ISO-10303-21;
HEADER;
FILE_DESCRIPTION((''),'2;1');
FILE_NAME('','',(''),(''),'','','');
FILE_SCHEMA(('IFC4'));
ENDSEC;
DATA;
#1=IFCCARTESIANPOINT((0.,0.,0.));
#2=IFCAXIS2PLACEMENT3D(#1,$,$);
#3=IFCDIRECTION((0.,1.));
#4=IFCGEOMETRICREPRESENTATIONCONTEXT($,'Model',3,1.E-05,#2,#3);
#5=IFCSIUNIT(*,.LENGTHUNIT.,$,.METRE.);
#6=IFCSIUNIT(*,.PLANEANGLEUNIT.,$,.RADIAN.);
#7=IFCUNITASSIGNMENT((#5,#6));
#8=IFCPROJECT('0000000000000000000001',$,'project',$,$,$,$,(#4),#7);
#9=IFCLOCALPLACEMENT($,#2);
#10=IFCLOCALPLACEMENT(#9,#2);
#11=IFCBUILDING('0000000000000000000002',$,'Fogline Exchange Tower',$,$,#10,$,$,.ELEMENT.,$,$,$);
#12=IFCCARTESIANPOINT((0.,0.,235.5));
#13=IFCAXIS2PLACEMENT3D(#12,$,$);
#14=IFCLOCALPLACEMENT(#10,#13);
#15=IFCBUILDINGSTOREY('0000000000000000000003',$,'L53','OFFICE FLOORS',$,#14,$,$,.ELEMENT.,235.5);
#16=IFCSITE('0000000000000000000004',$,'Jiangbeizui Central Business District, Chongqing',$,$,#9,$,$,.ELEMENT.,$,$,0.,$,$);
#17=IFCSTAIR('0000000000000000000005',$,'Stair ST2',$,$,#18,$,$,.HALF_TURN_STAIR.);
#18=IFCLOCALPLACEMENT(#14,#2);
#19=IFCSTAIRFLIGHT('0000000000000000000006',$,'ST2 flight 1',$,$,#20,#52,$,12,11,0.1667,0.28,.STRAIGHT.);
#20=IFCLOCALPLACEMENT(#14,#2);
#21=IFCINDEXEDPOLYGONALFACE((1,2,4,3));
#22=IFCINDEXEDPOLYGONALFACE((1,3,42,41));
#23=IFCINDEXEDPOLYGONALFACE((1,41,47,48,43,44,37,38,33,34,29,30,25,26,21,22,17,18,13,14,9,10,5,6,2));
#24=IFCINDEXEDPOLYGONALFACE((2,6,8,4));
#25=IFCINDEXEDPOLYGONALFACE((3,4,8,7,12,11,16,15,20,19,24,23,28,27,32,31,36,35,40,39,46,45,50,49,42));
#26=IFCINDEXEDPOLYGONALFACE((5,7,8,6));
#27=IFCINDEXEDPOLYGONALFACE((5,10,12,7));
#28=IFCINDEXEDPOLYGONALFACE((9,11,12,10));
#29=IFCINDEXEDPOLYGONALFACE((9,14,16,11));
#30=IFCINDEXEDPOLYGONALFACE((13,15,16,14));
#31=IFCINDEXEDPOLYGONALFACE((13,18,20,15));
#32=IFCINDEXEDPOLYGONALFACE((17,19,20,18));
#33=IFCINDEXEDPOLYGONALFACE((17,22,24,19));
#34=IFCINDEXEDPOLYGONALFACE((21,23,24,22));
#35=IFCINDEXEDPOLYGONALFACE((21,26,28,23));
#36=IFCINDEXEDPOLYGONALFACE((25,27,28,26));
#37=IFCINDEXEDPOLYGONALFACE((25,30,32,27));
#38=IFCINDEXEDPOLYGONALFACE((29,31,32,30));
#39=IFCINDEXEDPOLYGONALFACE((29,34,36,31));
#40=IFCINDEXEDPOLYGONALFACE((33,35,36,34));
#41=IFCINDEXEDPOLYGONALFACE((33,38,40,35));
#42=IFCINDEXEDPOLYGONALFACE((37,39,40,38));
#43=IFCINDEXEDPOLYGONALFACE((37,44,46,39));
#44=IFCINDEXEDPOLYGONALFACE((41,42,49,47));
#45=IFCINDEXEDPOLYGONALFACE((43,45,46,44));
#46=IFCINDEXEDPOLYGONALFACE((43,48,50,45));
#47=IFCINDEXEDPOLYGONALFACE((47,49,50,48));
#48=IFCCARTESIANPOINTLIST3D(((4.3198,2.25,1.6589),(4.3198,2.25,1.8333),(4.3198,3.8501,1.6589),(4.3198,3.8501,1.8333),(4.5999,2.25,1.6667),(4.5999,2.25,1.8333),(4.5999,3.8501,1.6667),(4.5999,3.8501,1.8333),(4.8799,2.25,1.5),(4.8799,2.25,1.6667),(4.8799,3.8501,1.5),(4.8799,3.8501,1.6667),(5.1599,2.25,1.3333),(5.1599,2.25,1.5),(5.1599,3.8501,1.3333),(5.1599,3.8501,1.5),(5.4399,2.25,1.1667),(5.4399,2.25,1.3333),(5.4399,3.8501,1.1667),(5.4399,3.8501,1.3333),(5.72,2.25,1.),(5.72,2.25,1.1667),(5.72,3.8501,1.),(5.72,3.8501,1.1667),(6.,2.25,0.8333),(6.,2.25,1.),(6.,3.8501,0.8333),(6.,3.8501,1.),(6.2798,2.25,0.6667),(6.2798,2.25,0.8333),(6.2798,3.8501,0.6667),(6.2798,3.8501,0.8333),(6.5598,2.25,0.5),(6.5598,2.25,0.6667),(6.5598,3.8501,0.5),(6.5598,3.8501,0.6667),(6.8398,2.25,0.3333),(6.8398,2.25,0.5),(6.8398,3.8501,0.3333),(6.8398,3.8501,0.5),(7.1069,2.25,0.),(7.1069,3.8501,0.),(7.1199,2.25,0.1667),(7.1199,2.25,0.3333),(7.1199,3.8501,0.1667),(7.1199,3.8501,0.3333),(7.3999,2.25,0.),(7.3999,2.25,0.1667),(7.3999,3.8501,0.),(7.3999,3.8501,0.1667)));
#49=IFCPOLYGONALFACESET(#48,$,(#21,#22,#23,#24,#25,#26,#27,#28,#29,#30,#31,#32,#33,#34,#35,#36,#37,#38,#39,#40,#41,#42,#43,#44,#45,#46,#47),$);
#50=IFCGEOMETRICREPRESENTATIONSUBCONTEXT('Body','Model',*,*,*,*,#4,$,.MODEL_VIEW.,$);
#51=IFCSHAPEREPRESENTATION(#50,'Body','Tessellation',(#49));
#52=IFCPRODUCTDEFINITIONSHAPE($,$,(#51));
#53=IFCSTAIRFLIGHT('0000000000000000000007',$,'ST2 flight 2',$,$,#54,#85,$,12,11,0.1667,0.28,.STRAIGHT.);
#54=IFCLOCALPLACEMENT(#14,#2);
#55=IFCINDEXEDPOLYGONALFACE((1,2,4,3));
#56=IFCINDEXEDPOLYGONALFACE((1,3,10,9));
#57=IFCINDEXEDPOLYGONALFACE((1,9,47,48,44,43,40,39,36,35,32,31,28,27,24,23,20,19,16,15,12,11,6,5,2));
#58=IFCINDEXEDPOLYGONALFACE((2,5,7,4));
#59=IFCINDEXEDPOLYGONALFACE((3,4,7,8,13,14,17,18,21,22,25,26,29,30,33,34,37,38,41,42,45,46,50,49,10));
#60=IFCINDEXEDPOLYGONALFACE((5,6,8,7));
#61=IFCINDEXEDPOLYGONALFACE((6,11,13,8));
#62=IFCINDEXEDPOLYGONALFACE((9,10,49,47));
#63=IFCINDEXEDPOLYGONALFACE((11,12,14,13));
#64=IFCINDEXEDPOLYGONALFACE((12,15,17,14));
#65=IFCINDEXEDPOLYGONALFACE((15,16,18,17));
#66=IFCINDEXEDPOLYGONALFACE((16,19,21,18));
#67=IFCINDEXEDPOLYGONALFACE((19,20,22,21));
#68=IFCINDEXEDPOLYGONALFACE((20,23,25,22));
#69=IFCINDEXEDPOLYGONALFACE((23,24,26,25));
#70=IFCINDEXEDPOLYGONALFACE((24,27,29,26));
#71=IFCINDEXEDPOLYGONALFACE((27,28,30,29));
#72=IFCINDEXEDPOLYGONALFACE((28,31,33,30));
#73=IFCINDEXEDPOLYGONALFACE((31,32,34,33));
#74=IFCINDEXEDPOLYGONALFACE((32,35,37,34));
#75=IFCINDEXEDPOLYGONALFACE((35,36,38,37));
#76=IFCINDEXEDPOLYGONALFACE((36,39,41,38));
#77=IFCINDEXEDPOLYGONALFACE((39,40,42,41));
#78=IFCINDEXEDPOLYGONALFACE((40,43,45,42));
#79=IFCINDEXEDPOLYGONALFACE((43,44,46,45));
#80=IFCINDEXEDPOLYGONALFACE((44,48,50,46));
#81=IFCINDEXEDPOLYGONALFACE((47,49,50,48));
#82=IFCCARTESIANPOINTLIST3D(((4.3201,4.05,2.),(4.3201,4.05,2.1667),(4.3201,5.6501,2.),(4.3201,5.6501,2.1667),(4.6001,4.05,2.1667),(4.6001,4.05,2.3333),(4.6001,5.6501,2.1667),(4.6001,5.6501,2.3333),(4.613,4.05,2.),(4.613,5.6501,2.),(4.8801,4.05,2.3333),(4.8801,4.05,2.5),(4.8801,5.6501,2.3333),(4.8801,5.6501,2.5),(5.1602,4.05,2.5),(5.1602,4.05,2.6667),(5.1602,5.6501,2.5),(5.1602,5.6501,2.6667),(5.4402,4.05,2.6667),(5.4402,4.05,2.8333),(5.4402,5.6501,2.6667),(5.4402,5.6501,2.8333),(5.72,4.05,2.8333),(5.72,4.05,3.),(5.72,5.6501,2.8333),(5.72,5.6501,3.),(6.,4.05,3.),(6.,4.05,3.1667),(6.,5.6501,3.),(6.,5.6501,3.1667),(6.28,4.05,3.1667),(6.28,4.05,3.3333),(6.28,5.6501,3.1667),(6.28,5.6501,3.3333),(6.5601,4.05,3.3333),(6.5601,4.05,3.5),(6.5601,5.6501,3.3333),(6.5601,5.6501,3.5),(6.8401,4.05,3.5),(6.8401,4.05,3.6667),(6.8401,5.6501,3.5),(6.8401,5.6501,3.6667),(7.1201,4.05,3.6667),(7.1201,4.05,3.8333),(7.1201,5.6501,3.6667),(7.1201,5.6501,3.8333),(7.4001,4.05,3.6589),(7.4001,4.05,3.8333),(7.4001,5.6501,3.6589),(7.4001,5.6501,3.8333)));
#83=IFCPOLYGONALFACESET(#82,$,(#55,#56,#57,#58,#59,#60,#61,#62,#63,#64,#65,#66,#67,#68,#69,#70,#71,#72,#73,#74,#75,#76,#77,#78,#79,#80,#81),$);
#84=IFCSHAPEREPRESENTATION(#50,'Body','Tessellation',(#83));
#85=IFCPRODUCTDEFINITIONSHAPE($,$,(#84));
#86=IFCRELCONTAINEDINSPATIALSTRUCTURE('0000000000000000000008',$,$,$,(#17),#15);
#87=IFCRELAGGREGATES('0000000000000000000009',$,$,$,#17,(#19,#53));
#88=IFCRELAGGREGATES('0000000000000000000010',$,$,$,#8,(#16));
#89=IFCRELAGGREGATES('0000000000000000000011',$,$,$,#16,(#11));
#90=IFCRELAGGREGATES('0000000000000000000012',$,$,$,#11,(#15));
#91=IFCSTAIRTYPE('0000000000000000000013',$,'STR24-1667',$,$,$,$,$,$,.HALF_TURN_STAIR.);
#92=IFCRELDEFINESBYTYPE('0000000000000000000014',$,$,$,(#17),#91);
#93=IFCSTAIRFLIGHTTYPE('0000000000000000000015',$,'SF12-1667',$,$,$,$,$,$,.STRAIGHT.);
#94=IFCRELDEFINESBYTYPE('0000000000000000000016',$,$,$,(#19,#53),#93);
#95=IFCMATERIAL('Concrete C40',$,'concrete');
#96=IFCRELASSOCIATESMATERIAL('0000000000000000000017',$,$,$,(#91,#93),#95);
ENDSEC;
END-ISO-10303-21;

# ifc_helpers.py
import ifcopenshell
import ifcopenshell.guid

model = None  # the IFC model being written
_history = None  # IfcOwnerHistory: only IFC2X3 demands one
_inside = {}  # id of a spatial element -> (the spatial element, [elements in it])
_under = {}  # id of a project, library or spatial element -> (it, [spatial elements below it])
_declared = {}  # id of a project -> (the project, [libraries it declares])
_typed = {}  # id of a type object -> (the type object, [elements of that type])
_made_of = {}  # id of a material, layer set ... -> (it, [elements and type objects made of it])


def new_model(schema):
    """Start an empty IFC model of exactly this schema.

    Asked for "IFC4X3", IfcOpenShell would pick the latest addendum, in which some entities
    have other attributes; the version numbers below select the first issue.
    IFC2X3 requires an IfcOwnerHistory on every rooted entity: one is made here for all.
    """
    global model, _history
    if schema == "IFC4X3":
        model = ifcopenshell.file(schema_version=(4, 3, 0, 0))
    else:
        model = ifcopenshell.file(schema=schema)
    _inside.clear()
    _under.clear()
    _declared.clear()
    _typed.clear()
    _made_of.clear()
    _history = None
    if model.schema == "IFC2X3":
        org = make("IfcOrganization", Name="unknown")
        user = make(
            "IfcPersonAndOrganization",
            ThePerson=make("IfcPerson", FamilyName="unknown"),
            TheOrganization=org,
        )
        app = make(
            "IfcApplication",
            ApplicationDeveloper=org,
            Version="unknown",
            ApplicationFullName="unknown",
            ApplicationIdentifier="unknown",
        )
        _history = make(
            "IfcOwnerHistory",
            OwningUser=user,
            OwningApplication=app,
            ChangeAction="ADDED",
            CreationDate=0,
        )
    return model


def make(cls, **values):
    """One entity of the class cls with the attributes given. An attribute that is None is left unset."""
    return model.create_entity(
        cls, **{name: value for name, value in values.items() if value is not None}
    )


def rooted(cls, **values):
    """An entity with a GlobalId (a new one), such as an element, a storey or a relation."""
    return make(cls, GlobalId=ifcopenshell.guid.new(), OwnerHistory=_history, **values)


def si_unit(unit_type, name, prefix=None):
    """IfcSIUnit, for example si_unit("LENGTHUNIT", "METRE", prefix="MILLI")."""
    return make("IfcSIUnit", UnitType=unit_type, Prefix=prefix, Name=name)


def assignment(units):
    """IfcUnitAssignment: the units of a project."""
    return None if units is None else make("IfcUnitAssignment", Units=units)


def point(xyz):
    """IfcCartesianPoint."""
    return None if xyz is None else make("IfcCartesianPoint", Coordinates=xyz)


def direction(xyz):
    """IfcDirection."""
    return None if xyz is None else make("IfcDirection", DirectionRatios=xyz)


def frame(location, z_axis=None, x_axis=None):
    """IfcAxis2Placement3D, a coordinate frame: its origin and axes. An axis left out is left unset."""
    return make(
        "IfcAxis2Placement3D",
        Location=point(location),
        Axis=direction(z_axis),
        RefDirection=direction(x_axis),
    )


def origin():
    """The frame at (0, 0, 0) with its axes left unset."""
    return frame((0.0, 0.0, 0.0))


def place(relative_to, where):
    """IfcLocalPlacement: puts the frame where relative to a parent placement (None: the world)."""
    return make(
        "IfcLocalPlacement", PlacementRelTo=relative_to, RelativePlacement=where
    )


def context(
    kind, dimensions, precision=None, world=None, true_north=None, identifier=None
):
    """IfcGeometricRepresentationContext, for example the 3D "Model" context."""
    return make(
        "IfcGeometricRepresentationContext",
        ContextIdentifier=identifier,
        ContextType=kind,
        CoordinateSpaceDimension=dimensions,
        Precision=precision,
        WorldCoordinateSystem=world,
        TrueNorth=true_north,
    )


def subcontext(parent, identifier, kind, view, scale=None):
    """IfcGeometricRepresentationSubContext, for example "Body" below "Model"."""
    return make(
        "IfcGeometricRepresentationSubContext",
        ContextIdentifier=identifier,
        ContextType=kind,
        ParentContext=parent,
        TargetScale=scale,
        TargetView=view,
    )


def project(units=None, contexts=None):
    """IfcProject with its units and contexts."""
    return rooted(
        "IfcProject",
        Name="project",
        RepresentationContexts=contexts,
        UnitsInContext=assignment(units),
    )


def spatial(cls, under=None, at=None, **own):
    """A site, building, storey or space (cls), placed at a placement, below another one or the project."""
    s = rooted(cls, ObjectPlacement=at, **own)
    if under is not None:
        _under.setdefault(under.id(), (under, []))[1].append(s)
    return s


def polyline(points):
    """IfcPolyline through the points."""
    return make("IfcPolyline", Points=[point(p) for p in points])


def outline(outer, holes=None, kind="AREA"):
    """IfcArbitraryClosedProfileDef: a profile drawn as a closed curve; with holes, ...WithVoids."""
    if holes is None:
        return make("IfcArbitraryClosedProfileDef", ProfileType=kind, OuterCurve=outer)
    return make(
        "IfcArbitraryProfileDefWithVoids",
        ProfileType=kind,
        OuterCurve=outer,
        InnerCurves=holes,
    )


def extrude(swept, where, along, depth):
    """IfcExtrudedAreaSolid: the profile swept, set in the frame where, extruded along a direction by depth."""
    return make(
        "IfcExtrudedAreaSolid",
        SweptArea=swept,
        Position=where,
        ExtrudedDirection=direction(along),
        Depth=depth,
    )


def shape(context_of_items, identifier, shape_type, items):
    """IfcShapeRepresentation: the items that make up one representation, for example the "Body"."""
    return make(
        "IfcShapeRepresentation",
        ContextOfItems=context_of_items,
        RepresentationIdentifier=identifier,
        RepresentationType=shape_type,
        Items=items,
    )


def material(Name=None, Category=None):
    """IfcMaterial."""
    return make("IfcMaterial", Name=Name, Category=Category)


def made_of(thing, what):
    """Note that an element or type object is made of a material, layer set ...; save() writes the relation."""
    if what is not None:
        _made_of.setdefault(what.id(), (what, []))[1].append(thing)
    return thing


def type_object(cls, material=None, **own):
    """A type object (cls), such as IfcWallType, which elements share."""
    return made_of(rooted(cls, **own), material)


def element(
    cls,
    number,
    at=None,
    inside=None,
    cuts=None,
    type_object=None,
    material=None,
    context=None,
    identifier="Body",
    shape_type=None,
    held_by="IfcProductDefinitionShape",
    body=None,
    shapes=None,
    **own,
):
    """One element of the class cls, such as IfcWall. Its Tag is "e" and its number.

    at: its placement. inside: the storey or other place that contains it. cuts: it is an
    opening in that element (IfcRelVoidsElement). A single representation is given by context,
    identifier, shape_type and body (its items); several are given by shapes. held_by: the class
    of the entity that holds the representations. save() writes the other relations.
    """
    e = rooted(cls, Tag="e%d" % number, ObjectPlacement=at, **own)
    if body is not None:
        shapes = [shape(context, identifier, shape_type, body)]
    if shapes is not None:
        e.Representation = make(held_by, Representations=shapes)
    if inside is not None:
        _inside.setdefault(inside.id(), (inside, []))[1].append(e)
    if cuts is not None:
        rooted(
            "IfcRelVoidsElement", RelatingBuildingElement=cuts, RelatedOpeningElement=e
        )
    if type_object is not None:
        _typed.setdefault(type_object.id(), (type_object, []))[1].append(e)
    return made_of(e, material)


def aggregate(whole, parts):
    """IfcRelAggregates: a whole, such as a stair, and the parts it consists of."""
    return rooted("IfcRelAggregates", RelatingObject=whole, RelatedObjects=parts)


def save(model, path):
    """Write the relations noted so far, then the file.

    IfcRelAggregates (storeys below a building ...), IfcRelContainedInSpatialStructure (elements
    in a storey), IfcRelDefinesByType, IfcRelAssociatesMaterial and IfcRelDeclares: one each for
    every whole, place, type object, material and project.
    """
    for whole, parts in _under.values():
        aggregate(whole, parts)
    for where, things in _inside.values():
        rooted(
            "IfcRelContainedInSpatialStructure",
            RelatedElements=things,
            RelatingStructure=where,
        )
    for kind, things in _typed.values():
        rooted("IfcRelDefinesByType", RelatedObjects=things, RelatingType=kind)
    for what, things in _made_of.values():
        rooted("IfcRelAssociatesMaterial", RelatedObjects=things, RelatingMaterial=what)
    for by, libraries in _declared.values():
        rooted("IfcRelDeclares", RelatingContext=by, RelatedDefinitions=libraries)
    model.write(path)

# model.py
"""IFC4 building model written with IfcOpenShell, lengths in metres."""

from ifc_helpers import new_model, si_unit, direction, frame, origin, place, context, subcontext, project, spatial, polyline, outline, extrude, material, type_object, element, aggregate, save


model = new_model("IFC4")

# Units and contexts
model_context = context("Model", 3, precision=1e-05, world=origin(), true_north=direction((0.0, 1.0)))
body_context = subcontext(model_context, "Body", "Model", "MODEL_VIEW")
ifc_project = project(units=[si_unit("LENGTHUNIT", "METRE"), si_unit("PLANEANGLEUNIT", "RADIAN")], contexts=[model_context])

# Site, building, storey
site_placement = place(None, origin())
site = spatial("IfcSite", under=ifc_project, at=site_placement, Name="Jiangbeizui Central Business District, Chongqing", CompositionType="ELEMENT", RefElevation=0.0)
building_placement = place(site_placement, origin())
building = spatial("IfcBuilding", under=site, at=building_placement, Name="Fogline Exchange Tower", CompositionType="ELEMENT")
storey_placement = place(building_placement, frame((0.0, 0.0, 235.5)))
storey = spatial("IfcBuildingStorey", under=building, at=storey_placement, Name="L53", Description="OFFICE FLOORS", CompositionType="ELEMENT", Elevation=235.5)

# Shared definitions
ifc_material_1 = material(Name="Concrete C40", Category="concrete")
stair_type = type_object("IfcStairType", Name="STR24-1667", PredefinedType="HALF_TURN_STAIR", material=ifc_material_1)

# Stair, stair flights
stair_1_placement = place(storey_placement, origin())
stair_1 = element("IfcStair", 1, at=stair_1_placement, inside=storey, type_object=stair_type, Name="Stair ST2", PredefinedType="HALF_TURN_STAIR")
stair_flight_type = type_object("IfcStairFlightType", Name="SF12-1667", PredefinedType="STRAIGHT", material=ifc_material_1)
stair_flight_1_placement = place(storey_placement, frame((7.3999, 3.05, 0.0), z_axis=(0.0, 0.0, 1.0), x_axis=(-1.0, 0.0, 0.0)))
stair_flight_1 = element("IfcStairFlight", 2, at=stair_flight_1_placement, type_object=stair_flight_type, Name="ST2 flight 1", NumberOfRisers=12, NumberOfTreads=11, PredefinedType="STRAIGHT", RiserHeight=0.1667, TreadLength=0.28, context=body_context, shape_type="SweptSolid", body=[
    extrude(outline(polyline([(0.0, 0.0), (0.0, 0.1667), (0.28, 0.1667), (0.28, 0.3333), (0.5601, 0.3333), (0.5601, 0.5), (0.8401, 0.5), (0.8401, 0.6667), (1.1201, 0.6667), (1.1201, 0.8333), (1.3999, 0.8333), (1.3999, 1.0), (1.6799, 1.0), (1.6799, 1.1667), (1.96, 1.1667), (1.96, 1.3333), (2.24, 1.3333), (2.24, 1.5), (2.52, 1.5), (2.52, 1.6667), (2.8, 1.6667), (2.8, 1.8333), (3.0801, 1.8333), (3.0801, 2.0), (3.0801, 1.6589), (0.293, 0.0), (0.0, 0.0)])), frame((0.0, 0.8, 0.0), z_axis=(0.0, -1.0, 0.0), x_axis=(1.0, 0.0, 0.0)), (0.0, 0.0, 1.0), 1.6001),
])
stair_flight_2_placement = place(storey_placement, frame((4.3201, 4.8501, 2.0), z_axis=(0.0, 0.0, 1.0), x_axis=(1.0, 0.0, 0.0)))
stair_flight_2 = element("IfcStairFlight", 3, at=stair_flight_2_placement, type_object=stair_flight_type, Name="ST2 flight 2", NumberOfRisers=12, NumberOfTreads=11, PredefinedType="STRAIGHT", RiserHeight=0.1667, TreadLength=0.28, context=body_context, shape_type="SweptSolid", body=[
    extrude(outline(polyline([(0.0, 0.0), (0.0, 0.1667), (0.28, 0.1667), (0.28, 0.3333), (0.5601, 0.3333), (0.5601, 0.5), (0.8401, 0.5), (0.8401, 0.6667), (1.1201, 0.6667), (1.1201, 0.8333), (1.3999, 0.8333), (1.3999, 1.0), (1.6799, 1.0), (1.6799, 1.1667), (1.96, 1.1667), (1.96, 1.3333), (2.24, 1.3333), (2.24, 1.5), (2.52, 1.5), (2.52, 1.6667), (2.8, 1.6667), (2.8, 1.8333), (3.0801, 1.8333), (3.0801, 2.0), (3.0801, 1.6589), (0.293, 0.0), (0.0, 0.0)])), frame((0.0, 0.8, 0.0), z_axis=(0.0, -1.0, 0.0), x_axis=(1.0, 0.0, 0.0)), (0.0, 0.0, 1.0), 1.6001),
])
aggregate(stair_1, [stair_flight_1, stair_flight_2])

save(model, "model.ifc")
